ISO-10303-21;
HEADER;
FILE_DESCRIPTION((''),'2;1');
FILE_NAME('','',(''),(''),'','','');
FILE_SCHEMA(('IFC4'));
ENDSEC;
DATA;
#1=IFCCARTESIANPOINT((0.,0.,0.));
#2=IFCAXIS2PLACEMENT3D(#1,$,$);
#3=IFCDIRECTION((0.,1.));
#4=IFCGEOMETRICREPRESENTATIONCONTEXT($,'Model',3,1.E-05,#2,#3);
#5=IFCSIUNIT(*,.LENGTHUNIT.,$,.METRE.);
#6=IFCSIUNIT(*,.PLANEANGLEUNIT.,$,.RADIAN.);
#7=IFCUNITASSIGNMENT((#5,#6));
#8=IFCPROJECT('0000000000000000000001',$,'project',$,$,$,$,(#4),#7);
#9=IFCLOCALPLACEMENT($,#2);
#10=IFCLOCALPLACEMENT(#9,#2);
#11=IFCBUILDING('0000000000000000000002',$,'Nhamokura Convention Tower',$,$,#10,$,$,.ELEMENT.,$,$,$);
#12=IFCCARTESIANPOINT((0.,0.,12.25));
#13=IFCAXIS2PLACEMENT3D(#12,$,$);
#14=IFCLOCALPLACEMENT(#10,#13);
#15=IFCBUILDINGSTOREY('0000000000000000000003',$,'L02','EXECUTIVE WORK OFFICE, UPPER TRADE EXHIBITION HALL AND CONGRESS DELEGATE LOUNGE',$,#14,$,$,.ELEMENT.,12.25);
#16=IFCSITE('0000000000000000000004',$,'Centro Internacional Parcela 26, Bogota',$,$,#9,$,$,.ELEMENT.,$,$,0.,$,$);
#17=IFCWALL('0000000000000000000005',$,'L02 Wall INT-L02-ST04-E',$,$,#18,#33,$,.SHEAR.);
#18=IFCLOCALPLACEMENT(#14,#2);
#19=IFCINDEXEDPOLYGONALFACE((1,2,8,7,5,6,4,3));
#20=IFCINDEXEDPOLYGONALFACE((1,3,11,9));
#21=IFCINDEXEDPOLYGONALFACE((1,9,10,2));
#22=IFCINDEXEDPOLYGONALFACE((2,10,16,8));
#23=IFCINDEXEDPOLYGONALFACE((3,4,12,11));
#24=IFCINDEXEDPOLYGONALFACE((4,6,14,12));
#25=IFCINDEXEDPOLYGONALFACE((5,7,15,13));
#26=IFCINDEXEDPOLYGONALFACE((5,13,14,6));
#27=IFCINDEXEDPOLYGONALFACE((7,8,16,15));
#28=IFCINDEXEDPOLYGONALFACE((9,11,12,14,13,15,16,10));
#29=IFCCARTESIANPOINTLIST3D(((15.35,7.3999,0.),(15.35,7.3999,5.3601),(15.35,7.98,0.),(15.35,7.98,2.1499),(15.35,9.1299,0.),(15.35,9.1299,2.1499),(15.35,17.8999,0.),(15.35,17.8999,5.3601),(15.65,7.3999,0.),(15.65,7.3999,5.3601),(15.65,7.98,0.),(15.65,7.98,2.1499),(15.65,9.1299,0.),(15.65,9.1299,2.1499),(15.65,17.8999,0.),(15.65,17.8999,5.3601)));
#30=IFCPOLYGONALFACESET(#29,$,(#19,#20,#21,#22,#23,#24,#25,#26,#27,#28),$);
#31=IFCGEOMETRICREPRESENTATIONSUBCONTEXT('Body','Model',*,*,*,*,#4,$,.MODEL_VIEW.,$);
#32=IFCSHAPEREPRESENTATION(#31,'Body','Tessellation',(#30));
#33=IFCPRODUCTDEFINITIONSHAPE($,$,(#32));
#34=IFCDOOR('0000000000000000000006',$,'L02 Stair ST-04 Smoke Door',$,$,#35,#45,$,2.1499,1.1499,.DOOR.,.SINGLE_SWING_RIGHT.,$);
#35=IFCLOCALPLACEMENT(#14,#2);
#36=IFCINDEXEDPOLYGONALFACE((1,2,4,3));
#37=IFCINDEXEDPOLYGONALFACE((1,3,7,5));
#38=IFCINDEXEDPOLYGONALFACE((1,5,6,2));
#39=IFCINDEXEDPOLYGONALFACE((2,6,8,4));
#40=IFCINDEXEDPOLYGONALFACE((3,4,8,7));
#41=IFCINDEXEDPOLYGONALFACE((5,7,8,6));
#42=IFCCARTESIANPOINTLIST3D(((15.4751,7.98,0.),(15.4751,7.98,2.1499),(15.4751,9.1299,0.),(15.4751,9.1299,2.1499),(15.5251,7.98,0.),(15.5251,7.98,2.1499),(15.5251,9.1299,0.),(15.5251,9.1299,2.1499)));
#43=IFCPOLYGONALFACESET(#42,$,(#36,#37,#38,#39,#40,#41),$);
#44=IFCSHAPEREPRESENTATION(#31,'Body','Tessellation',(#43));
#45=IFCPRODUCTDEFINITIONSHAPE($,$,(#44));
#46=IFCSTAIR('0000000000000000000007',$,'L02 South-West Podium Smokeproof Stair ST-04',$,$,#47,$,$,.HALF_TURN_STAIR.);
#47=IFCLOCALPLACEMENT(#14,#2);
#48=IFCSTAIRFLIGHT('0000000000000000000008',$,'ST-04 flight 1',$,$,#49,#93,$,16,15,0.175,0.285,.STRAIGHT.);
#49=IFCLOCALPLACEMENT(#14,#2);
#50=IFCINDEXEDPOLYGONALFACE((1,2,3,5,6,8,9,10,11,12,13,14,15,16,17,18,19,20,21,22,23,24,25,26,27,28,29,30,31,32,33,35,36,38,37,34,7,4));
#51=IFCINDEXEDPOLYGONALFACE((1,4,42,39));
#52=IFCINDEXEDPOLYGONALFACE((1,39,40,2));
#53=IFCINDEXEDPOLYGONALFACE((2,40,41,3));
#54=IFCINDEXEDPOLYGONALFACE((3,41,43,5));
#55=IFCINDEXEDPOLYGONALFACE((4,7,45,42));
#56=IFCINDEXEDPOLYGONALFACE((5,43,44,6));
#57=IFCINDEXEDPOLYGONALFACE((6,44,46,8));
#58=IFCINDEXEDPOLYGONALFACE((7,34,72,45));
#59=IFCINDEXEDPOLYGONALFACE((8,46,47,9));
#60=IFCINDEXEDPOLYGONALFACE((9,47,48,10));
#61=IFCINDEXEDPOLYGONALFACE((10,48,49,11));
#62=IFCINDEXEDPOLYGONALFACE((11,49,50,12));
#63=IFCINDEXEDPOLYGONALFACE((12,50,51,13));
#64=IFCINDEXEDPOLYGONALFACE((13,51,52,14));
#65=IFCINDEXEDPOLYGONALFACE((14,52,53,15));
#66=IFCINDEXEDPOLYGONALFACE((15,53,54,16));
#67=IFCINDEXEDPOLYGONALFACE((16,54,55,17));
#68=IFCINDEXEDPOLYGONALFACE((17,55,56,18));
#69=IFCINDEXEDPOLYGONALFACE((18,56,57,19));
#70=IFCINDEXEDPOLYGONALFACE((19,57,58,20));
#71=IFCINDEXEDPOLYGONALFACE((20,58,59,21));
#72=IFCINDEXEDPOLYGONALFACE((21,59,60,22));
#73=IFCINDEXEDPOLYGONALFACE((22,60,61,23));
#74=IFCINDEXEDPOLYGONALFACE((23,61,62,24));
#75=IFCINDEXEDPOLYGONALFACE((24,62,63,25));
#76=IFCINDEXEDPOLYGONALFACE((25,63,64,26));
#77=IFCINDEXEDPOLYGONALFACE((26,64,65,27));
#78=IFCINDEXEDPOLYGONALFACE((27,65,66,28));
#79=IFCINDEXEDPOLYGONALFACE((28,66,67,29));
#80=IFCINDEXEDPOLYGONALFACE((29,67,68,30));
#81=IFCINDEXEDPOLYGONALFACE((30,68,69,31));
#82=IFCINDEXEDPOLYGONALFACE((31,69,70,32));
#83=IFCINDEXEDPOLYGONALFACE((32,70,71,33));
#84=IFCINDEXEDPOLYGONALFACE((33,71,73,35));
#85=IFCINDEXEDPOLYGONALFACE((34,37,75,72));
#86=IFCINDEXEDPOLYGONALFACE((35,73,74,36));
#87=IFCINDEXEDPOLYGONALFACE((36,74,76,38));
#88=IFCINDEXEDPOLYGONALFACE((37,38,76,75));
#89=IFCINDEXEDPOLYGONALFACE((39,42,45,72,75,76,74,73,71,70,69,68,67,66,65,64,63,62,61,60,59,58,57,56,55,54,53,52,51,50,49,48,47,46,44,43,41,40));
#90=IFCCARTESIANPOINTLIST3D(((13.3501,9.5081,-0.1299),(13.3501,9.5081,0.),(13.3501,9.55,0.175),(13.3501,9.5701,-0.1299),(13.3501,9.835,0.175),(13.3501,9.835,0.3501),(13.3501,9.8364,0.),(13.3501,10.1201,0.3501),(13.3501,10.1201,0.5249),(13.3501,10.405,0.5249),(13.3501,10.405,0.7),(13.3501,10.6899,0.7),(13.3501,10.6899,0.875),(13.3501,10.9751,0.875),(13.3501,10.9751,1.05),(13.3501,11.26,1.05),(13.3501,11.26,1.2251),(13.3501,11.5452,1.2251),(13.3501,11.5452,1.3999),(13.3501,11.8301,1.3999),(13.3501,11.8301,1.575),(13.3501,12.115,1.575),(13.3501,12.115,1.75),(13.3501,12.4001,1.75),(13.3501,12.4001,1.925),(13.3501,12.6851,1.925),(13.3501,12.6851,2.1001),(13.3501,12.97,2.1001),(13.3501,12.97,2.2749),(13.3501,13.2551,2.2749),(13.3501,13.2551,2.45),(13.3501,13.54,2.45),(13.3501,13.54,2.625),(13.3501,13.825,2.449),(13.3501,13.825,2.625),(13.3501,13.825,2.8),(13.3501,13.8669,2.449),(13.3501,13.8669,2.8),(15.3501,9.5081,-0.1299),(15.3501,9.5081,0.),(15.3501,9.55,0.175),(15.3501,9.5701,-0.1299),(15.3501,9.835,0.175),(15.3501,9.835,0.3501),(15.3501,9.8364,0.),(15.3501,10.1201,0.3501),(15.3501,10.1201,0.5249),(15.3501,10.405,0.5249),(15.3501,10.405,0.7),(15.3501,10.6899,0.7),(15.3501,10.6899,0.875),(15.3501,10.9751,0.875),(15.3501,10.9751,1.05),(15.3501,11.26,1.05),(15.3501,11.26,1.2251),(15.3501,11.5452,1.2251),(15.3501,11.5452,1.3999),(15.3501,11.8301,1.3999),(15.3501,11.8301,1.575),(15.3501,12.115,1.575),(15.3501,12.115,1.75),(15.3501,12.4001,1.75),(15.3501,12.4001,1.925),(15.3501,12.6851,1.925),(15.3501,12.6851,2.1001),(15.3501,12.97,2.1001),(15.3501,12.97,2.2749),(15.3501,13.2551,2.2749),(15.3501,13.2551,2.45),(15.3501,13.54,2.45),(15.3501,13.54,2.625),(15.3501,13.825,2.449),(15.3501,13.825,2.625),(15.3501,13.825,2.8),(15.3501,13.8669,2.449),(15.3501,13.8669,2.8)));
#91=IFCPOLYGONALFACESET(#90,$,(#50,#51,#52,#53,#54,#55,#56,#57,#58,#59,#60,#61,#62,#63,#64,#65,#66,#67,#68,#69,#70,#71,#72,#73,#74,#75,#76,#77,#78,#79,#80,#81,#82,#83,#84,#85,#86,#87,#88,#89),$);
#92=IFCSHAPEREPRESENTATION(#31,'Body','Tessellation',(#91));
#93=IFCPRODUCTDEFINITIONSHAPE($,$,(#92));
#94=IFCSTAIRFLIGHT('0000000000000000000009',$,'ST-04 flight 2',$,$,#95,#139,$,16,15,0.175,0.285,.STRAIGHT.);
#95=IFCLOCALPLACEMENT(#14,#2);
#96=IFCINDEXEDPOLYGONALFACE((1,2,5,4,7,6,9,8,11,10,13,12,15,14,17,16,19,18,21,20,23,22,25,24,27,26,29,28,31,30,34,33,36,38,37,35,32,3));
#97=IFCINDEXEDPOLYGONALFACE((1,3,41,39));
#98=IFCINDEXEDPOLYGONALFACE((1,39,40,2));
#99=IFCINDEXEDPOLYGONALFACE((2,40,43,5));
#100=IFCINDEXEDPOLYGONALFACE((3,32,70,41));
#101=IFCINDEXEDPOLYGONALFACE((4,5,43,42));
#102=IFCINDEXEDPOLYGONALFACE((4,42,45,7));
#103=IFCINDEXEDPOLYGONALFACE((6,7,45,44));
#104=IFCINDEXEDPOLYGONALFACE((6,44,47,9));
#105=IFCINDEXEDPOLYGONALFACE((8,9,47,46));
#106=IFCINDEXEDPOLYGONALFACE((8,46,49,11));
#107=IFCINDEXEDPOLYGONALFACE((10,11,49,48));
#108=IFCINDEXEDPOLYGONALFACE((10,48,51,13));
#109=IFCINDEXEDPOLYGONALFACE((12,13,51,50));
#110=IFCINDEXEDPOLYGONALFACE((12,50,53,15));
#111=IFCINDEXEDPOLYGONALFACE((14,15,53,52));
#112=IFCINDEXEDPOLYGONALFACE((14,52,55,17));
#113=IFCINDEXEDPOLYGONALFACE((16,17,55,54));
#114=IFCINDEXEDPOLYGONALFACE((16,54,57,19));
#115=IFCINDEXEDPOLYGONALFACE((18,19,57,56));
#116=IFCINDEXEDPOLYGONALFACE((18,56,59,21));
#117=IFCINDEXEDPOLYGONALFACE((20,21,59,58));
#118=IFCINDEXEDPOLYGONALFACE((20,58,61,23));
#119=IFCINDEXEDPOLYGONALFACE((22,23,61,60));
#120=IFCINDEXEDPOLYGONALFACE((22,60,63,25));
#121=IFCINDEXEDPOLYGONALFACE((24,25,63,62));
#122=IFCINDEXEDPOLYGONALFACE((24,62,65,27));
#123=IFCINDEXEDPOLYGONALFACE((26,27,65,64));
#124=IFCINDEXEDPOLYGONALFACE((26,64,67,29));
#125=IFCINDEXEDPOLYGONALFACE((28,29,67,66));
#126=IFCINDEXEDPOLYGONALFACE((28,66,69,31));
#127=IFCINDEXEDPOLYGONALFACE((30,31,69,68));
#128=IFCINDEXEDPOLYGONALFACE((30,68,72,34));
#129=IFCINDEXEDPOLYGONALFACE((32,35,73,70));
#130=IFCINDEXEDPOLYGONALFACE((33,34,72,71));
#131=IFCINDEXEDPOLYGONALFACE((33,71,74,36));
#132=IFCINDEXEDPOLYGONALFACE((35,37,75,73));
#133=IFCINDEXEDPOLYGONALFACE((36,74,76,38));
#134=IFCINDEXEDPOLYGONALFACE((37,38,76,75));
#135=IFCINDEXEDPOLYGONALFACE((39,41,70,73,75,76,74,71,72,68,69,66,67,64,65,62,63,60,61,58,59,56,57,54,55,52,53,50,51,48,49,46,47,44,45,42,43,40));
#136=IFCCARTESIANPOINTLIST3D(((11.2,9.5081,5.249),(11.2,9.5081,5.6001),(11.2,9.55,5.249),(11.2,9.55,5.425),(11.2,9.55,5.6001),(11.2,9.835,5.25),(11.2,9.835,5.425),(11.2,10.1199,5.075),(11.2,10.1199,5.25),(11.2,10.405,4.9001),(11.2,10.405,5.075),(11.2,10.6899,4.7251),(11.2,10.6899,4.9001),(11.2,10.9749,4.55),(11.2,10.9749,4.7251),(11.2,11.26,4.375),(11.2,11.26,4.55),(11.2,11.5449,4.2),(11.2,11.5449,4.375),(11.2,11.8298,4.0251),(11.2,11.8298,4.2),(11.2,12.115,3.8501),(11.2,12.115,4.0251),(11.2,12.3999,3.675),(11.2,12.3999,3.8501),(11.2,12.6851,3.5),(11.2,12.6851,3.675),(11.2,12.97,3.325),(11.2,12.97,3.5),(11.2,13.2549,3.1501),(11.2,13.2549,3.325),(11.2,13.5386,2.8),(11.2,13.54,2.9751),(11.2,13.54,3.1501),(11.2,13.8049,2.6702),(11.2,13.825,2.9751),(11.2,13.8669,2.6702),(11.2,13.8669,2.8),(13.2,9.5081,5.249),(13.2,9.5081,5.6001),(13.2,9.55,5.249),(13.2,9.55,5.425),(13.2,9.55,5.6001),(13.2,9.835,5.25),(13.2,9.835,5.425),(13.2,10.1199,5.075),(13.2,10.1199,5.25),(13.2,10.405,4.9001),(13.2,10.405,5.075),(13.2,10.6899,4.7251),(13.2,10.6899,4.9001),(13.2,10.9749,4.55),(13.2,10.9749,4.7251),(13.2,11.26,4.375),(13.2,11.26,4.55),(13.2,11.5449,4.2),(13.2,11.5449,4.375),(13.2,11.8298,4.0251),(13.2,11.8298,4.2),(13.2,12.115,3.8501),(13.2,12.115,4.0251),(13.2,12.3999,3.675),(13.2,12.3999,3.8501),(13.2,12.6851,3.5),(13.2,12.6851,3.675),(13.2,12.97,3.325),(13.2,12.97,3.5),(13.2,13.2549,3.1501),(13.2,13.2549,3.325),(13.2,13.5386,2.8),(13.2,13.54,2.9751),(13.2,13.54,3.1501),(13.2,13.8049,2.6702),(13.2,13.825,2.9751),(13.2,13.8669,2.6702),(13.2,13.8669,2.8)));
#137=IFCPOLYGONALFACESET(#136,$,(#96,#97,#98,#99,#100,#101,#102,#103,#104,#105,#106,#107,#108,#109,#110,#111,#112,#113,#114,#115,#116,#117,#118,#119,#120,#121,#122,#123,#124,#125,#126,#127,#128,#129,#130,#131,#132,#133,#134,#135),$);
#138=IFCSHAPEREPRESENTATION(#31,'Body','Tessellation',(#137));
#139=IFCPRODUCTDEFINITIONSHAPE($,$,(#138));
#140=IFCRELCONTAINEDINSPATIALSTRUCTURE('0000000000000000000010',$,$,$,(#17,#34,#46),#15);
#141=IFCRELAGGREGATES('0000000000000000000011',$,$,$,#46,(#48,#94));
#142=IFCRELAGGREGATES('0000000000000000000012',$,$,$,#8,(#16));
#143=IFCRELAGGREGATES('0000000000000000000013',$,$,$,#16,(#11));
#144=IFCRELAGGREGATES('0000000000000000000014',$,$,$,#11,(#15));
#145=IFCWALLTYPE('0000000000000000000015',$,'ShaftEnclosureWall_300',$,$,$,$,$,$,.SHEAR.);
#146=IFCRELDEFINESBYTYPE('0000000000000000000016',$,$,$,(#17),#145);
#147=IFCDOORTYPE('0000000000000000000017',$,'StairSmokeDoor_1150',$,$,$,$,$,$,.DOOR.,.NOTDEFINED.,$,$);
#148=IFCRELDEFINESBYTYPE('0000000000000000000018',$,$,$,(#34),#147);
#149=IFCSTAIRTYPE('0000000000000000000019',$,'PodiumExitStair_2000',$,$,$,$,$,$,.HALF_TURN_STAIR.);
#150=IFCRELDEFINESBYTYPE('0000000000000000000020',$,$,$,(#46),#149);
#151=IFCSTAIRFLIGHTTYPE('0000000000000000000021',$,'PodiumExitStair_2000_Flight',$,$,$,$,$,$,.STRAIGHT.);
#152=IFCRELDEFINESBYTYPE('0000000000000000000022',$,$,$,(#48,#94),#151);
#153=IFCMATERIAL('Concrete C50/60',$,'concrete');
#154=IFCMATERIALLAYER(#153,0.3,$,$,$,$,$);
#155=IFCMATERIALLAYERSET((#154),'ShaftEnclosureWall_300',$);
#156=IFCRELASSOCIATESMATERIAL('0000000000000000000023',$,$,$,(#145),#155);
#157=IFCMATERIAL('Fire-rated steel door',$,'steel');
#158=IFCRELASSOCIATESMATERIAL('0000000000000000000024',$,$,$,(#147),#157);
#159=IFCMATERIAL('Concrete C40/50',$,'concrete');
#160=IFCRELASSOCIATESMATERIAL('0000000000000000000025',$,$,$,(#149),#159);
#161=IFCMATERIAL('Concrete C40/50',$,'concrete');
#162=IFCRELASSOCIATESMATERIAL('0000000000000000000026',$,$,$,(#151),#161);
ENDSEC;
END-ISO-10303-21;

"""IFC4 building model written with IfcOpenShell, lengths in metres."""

from ifc_helpers import new_model, si_unit, direction, frame, frame_2d, origin, place, context, subcontext, project, spatial, polyline, rectangle, outline, extrude, material, layer, layer_set, type_object, element, fill, aggregate, save


model = new_model("IFC4")

# Units and contexts
model_context = context("Model", 3, precision=1e-05, world=origin(), true_north=direction((0.0, 1.0)))
body_context = subcontext(model_context, "Body", "Model", "MODEL_VIEW")
ifc_project = project(units=[si_unit("LENGTHUNIT", "METRE"), si_unit("PLANEANGLEUNIT", "RADIAN")], contexts=[model_context])

# Site, building, storey
site_placement = place(None, origin())
site = spatial("IfcSite", under=ifc_project, at=site_placement, Name="Centro Internacional Parcela 26, Bogota", CompositionType="ELEMENT", RefElevation=0.0)
building_placement = place(site_placement, origin())
building = spatial("IfcBuilding", under=site, at=building_placement, Name="Nhamokura Convention Tower", CompositionType="ELEMENT")
storey_placement = place(building_placement, frame((0.0, 0.0, 12.25)))
storey = spatial("IfcBuildingStorey", under=building, at=storey_placement, Name="L02", Description="EXECUTIVE WORK OFFICE, UPPER TRADE EXHIBITION HALL AND CONGRESS DELEGATE LOUNGE", CompositionType="ELEMENT", Elevation=12.25)

# Wall, opening, door
ifc_material_1 = material(Name="Concrete C50/60", Category="concrete")
ifc_layer_1 = layer(ifc_material_1, 0.3)
ifc_layer_set_1 = layer_set([ifc_layer_1], Name="ShaftEnclosureWall_300")
wall_type_1 = type_object("IfcWallType", Name="ShaftEnclosureWall_300", PredefinedType="SHEAR", material=ifc_layer_set_1)
wall_1_placement = place(storey_placement, frame((15.5, 7.3999, 0.0), z_axis=(0.0, 0.0, 1.0), x_axis=(0.0, 1.0, 0.0)))
wall_1 = element("IfcWall", 1, at=wall_1_placement, inside=storey, type_object=wall_type_1, Name="L02 Wall INT-L02-ST04-E", PredefinedType="SHEAR", context=body_context, shape_type="SweptSolid", body=[
    extrude(rectangle(XDim=10.5, YDim=0.3, at=frame_2d((5.25, 0.0))), origin(), (0.0, 0.0, 1.0), 5.3601),
])
opening_1_placement = place(wall_1_placement, frame((0.5801, 0.0, 0.0)))
opening_1 = element("IfcOpeningElement", 2, at=opening_1_placement, cuts=wall_1, PredefinedType="OPENING", context=body_context, shape_type="SweptSolid", body=[
    extrude(rectangle(XDim=1.1499, YDim=2.1499, at=frame_2d((0.575, 1.075))), frame((0.0, 0.1599, 0.0), z_axis=(0.0, -1.0, 0.0), x_axis=(1.0, 0.0, 0.0)), (0.0, 0.0, 1.0), 0.3201),
])
ifc_material_2 = material(Name="Fire-rated steel door", Category="steel")
door_type_1 = type_object("IfcDoorType", Name="StairSmokeDoor_1150", OperationType="NOTDEFINED", PredefinedType="DOOR", material=ifc_material_2)
door_1_placement = place(opening_1_placement, origin())
door_1 = element("IfcDoor", 3, at=door_1_placement, inside=storey, type_object=door_type_1, Name="L02 Stair ST-04 Smoke Door", OperationType="SINGLE_SWING_RIGHT", OverallHeight=2.1499, OverallWidth=1.1499, PredefinedType="DOOR", context=body_context, shape_type="SweptSolid", body=[
    extrude(rectangle(XDim=1.1499, YDim=2.1499, at=frame_2d((0.575, 1.075))), frame((0.0, 0.0249, 0.0), z_axis=(0.0, -1.0, 0.0), x_axis=(1.0, 0.0, 0.0)), (0.0, 0.0, 1.0), 0.05),
])
fill(opening_1, door_1)

# Stair, stair flights
ifc_material_3 = material(Name="Concrete C40/50", Category="concrete")
stair_type = type_object("IfcStairType", Name="PodiumExitStair_2000", PredefinedType="HALF_TURN_STAIR", material=ifc_material_3)
stair_placement = place(storey_placement, origin())
stair = element("IfcStair", 4, at=stair_placement, inside=storey, type_object=stair_type, Name="L02 South-West Podium Smokeproof Stair ST-04", PredefinedType="HALF_TURN_STAIR")
ifc_material_4 = material(Name="Concrete C40/50", Category="concrete")
stair_flight_type = type_object("IfcStairFlightType", Name="PodiumExitStair_2000_Flight", PredefinedType="STRAIGHT", material=ifc_material_4)
stair_flight_1_placement = place(storey_placement, frame((14.3501, 9.55, 0.0), z_axis=(0.0, 0.0, 1.0), x_axis=(0.0, 1.0, 0.0)))
stair_flight_1 = element("IfcStairFlight", 5, at=stair_flight_1_placement, type_object=stair_flight_type, Name="ST-04 flight 1", NumberOfRisers=16, NumberOfTreads=15, PredefinedType="STRAIGHT", RiserHeight=0.175, TreadLength=0.285, context=body_context, shape_type="SweptSolid", body=[
    extrude(outline(polyline([(-0.042, 0.0), (0.0, 0.175), (0.2849, 0.175), (0.2849, 0.3501), (0.5701, 0.3501), (0.5701, 0.5249), (0.855, 0.5249), (0.855, 0.7), (1.1399, 0.7), (1.1399, 0.875), (1.425, 0.875), (1.425, 1.05), (1.71, 1.05), (1.71, 1.2251), (1.9951, 1.2251), (1.9951, 1.3999), (2.28, 1.3999), (2.28, 1.575), (2.5649, 1.575), (2.5649, 1.75), (2.8501, 1.75), (2.8501, 1.925), (3.135, 1.925), (3.135, 2.1001), (3.4199, 2.1001), (3.4199, 2.2749), (3.7051, 2.2749), (3.7051, 2.45), (3.99, 2.45), (3.99, 2.625), (4.2749, 2.625), (4.2749, 2.8), (4.3169, 2.8), (4.3169, 2.449), (4.2749, 2.449), (0.2864, 0.0), (0.02, -0.1299), (-0.042, -0.1299), (-0.042, 0.0)])), frame((0.0, 1.0, 0.0), z_axis=(0.0, -1.0, 0.0), x_axis=(1.0, 0.0, 0.0)), (0.0, 0.0, 1.0), 2.0),
])
stair_flight_2_placement = place(storey_placement, frame((12.2, 13.825, 2.8), z_axis=(0.0, 0.0, 1.0), x_axis=(0.0, -1.0, 0.0)))
stair_flight_2 = element("IfcStairFlight", 6, at=stair_flight_2_placement, type_object=stair_flight_type, Name="ST-04 flight 2", NumberOfRisers=16, NumberOfTreads=15, PredefinedType="STRAIGHT", RiserHeight=0.175, TreadLength=0.285, context=body_context, shape_type="SweptSolid", body=[
    extrude(outline(polyline([(-0.042, 0.0), (0.0, 0.175), (0.2849, 0.175), (0.2849, 0.3501), (0.5701, 0.3501), (0.5701, 0.5249), (0.855, 0.5249), (0.855, 0.7), (1.1399, 0.7), (1.1399, 0.875), (1.425, 0.875), (1.425, 1.05), (1.71, 1.05), (1.71, 1.2251), (1.9951, 1.2251), (1.9951, 1.3999), (2.28, 1.3999), (2.28, 1.575), (2.5649, 1.575), (2.5649, 1.75), (2.8501, 1.75), (2.8501, 1.925), (3.135, 1.925), (3.135, 2.1001), (3.4199, 2.1001), (3.4199, 2.2749), (3.7051, 2.2749), (3.7051, 2.45), (3.99, 2.45), (3.99, 2.625), (4.2749, 2.625), (4.2749, 2.8), (4.3169, 2.8), (4.3169, 2.449), (4.2749, 2.449), (0.2864, 0.0), (0.02, -0.1299), (-0.042, -0.1299), (-0.042, 0.0)])), frame((0.0, 1.0, 0.0), z_axis=(0.0, -1.0, 0.0), x_axis=(1.0, 0.0, 0.0)), (0.0, 0.0, 1.0), 2.0),
])
aggregate(stair, [stair_flight_1, stair_flight_2])

save(model, "model.ifc")
